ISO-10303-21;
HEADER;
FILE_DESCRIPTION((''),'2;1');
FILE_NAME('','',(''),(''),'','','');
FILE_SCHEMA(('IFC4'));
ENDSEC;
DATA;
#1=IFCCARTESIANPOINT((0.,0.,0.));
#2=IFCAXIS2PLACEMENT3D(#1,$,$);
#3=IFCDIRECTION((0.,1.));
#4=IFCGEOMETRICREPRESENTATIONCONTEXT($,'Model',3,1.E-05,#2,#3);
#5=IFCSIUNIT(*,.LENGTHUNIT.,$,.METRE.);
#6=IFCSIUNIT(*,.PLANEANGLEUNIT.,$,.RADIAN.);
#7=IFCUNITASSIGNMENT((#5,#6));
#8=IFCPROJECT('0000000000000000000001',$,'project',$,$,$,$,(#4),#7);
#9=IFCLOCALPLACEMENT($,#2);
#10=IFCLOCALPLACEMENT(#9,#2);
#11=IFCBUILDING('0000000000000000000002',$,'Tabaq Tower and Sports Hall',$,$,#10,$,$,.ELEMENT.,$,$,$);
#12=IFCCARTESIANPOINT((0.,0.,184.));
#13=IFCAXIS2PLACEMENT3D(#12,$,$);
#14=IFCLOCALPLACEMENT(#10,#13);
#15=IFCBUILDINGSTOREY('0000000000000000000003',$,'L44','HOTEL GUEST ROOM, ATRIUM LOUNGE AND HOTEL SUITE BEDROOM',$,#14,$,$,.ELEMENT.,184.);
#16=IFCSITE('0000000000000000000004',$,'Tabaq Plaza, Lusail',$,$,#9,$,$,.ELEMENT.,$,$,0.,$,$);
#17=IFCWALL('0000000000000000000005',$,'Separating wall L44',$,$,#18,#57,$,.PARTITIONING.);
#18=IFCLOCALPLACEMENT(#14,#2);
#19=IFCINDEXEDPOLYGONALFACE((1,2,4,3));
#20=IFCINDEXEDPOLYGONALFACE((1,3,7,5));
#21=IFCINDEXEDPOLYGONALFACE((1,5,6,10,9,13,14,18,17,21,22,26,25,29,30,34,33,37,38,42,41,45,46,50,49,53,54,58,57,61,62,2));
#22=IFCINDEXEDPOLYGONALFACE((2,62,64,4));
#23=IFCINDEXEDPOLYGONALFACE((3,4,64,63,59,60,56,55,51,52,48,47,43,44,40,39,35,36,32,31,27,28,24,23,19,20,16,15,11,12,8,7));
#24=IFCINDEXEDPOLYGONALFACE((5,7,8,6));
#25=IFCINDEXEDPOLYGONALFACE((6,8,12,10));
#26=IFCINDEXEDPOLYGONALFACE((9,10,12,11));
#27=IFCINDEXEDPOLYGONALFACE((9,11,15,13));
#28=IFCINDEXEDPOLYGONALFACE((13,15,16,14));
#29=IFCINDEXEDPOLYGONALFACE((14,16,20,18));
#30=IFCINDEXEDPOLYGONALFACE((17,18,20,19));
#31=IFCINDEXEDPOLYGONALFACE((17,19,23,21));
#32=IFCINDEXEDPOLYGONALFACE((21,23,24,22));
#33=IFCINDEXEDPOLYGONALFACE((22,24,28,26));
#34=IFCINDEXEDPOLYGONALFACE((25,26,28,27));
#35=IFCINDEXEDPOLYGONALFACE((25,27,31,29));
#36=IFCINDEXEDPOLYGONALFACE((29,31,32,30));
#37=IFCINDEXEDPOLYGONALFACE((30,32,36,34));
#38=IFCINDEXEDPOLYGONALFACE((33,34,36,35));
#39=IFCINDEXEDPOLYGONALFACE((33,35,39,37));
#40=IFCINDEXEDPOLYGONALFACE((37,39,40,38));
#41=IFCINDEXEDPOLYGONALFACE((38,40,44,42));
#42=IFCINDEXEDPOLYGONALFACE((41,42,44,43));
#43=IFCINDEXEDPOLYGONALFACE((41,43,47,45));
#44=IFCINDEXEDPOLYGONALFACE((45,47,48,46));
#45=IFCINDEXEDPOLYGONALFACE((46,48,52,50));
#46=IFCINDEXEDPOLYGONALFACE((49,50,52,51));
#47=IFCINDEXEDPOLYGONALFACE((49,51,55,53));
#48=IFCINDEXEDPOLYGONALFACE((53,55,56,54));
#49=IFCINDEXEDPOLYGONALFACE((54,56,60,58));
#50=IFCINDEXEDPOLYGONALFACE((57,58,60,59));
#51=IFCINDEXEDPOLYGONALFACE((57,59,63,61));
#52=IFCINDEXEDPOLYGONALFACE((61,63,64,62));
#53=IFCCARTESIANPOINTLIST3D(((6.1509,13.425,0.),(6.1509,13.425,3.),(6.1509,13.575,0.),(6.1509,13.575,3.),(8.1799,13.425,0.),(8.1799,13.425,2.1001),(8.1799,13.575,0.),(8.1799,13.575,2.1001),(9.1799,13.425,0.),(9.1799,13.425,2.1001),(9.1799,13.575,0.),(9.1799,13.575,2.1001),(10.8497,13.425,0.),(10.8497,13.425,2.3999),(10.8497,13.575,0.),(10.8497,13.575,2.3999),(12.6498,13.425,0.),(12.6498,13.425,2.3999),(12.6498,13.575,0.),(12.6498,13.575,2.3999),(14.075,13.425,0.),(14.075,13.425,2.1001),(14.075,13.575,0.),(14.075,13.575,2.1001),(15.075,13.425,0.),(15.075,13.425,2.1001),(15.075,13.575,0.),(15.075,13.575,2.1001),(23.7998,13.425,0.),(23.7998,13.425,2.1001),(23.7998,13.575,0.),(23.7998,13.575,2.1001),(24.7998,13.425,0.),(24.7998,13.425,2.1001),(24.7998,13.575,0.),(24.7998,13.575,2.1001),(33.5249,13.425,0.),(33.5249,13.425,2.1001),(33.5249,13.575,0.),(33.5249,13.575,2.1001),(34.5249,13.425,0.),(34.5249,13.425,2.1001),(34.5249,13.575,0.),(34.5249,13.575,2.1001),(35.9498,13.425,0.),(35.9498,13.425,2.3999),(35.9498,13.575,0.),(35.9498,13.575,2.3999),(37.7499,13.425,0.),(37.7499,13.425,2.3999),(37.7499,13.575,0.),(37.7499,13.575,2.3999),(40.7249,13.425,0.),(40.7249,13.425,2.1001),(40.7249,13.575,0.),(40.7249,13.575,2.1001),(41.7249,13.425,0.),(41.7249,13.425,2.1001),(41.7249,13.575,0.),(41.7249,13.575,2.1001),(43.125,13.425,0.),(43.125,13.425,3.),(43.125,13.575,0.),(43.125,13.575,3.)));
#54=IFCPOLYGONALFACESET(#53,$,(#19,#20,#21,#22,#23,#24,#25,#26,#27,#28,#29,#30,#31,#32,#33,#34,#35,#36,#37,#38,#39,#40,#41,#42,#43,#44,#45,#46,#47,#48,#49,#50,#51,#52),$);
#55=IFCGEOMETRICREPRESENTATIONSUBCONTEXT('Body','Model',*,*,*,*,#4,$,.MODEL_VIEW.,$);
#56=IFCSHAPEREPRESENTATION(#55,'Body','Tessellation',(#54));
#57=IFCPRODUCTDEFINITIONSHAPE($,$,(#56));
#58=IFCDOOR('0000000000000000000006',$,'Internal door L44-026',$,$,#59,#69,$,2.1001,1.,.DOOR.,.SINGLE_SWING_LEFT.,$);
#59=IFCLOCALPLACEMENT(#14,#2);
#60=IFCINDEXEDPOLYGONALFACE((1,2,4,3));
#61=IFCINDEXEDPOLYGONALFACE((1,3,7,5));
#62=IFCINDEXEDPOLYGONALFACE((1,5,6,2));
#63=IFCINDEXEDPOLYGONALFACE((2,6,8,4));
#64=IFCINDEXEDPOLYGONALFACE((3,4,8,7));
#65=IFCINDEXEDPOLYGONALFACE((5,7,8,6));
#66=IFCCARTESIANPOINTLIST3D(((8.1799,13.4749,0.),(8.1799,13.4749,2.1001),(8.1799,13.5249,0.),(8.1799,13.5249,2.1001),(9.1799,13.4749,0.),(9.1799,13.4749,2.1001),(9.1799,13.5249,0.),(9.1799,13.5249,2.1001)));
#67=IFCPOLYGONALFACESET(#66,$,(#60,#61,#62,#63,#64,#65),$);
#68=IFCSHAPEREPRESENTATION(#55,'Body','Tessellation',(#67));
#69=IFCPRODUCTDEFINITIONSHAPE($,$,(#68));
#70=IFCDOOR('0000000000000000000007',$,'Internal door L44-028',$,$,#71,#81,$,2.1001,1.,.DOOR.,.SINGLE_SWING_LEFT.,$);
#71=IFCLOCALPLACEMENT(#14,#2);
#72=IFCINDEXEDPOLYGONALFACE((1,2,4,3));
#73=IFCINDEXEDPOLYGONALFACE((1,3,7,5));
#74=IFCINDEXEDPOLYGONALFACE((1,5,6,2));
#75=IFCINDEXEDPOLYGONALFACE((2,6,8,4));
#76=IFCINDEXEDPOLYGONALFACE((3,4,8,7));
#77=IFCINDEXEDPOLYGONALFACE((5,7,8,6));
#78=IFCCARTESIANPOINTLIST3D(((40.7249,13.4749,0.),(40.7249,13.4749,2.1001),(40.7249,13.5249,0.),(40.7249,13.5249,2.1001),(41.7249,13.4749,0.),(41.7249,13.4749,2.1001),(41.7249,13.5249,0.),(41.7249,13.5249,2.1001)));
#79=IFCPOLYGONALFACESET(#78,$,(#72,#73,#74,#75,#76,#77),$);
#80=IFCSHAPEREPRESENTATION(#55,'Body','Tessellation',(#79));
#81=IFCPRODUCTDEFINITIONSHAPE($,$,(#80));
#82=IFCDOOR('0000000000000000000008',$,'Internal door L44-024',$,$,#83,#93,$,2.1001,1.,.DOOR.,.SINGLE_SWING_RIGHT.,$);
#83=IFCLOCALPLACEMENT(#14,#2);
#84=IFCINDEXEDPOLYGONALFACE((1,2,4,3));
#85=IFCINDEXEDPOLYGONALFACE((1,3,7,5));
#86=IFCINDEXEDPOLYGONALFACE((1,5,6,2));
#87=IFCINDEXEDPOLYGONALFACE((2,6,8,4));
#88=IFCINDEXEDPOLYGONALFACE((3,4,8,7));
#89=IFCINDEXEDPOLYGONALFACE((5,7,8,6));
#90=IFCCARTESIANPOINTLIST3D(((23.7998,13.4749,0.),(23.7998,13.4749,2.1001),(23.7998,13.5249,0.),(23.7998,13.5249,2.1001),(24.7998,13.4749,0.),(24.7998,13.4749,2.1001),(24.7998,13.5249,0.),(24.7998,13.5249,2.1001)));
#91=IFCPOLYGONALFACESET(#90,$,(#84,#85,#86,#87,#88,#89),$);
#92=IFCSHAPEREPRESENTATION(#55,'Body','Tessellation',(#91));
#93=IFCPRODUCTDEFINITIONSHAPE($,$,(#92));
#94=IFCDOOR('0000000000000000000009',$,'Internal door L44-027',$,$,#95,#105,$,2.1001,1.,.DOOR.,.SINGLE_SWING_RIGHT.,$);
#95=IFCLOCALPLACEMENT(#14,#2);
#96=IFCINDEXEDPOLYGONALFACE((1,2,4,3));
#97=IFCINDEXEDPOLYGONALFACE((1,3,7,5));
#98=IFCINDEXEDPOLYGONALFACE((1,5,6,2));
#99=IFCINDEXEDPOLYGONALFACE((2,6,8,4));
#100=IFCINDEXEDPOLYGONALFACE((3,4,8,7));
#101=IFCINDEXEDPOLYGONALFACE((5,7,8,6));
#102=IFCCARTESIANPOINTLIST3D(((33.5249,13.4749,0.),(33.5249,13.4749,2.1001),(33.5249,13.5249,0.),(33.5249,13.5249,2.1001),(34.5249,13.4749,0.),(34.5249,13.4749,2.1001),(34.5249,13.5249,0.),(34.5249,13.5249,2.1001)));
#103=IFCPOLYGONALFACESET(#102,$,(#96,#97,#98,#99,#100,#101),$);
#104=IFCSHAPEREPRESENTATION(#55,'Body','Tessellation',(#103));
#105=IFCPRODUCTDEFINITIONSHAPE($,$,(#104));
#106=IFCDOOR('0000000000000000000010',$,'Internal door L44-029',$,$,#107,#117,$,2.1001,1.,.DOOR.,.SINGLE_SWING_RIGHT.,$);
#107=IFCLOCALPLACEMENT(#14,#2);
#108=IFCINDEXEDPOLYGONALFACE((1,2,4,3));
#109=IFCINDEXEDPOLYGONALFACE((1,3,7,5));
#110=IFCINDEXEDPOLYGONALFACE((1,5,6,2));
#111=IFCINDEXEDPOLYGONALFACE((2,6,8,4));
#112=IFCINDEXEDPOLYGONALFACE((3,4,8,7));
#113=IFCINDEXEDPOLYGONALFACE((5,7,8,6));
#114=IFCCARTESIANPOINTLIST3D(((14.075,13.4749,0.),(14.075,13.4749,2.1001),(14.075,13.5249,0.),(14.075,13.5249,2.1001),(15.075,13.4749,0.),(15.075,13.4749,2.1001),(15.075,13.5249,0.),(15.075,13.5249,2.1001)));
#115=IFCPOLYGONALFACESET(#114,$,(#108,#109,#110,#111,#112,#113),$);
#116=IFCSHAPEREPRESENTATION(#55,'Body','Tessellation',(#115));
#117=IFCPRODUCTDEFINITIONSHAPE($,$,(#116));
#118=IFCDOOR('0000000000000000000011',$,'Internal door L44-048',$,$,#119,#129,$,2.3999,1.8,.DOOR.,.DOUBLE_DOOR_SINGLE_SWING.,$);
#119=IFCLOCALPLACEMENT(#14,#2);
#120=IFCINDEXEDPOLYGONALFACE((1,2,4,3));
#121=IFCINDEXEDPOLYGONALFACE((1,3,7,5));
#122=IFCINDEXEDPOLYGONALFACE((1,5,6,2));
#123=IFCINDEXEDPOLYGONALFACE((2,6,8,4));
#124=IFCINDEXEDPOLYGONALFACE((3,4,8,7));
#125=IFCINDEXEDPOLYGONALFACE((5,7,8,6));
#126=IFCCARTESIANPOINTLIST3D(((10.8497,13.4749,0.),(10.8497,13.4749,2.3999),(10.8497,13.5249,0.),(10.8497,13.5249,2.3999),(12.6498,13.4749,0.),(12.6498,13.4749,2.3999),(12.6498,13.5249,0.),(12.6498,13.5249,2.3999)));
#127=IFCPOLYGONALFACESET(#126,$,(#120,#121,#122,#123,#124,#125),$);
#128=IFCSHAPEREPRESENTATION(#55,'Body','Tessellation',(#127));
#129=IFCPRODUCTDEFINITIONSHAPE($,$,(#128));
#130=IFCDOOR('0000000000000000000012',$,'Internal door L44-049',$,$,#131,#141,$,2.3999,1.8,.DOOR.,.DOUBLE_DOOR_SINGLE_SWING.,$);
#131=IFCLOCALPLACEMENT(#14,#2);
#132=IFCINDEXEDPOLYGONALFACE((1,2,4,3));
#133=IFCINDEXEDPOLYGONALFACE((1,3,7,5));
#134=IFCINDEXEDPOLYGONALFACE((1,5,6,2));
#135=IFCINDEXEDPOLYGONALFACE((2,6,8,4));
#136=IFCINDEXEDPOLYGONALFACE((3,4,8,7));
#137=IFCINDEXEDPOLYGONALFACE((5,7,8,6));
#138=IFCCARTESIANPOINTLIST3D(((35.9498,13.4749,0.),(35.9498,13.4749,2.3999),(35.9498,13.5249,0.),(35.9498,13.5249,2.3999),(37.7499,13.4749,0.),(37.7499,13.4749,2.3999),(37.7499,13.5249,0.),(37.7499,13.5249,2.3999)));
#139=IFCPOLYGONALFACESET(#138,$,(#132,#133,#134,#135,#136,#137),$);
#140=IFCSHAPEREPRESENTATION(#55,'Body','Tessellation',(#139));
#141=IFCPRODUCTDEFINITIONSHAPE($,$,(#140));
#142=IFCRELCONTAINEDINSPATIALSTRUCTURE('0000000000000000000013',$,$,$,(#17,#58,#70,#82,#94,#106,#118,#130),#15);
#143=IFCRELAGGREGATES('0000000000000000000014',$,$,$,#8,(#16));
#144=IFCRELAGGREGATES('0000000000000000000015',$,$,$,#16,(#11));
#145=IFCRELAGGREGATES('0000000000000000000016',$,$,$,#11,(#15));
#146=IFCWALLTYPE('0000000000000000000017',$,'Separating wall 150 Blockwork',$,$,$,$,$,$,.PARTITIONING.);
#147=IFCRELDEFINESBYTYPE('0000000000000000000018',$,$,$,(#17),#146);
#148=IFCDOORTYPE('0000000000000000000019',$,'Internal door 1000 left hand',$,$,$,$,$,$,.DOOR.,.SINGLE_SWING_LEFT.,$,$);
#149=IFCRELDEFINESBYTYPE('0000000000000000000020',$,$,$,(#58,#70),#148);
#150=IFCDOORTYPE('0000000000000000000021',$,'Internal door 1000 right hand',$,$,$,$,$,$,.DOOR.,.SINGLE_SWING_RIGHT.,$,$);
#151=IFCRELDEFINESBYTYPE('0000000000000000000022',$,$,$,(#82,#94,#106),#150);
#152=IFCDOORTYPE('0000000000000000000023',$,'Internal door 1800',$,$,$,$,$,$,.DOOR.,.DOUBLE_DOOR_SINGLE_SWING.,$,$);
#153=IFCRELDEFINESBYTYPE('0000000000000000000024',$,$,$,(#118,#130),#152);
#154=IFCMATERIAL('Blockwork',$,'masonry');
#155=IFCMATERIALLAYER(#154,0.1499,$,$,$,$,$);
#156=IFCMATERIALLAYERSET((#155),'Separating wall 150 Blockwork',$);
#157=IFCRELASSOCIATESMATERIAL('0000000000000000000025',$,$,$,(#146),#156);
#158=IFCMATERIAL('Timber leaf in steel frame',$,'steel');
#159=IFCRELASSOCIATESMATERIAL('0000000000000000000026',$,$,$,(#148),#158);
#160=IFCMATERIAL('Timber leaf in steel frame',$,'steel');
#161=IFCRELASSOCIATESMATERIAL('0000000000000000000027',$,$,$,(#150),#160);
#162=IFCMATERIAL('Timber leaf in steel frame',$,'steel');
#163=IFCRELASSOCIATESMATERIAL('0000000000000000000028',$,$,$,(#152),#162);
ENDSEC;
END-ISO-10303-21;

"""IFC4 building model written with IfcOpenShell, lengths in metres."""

from ifc_helpers import new_model, si_unit, direction, frame, frame_2d, origin, place, context, subcontext, project, spatial, rectangle, extrude, material, layer, layer_set, type_object, element, fill, save


model = new_model("IFC4")

# Units and contexts
model_context = context("Model", 3, precision=1e-05, world=origin(), true_north=direction((0.0, 1.0)))
body_context = subcontext(model_context, "Body", "Model", "MODEL_VIEW")
ifc_project = project(units=[si_unit("LENGTHUNIT", "METRE"), si_unit("PLANEANGLEUNIT", "RADIAN")], contexts=[model_context])

# Site, building, storey
site_placement = place(None, origin())
site = spatial("IfcSite", under=ifc_project, at=site_placement, Name="Tabaq Plaza, Lusail", CompositionType="ELEMENT", RefElevation=0.0)
building_placement = place(site_placement, origin())
building = spatial("IfcBuilding", under=site, at=building_placement, Name="Tabaq Tower and Sports Hall", CompositionType="ELEMENT")
storey_placement = place(building_placement, frame((0.0, 0.0, 184.0)))
storey = spatial("IfcBuildingStorey", under=building, at=storey_placement, Name="L44", Description="HOTEL GUEST ROOM, ATRIUM LOUNGE AND HOTEL SUITE BEDROOM", CompositionType="ELEMENT", Elevation=184.0)

# Wall, openings, doors
ifc_material_1 = material(Name="Blockwork", Category="masonry")
ifc_layer_1 = layer(ifc_material_1, 0.1499)
ifc_layer_set_1 = layer_set([ifc_layer_1], Name="Separating wall 150 Blockwork")
wall_type_1 = type_object("IfcWallType", Name="Separating wall 150 Blockwork", PredefinedType="PARTITIONING", material=ifc_layer_set_1)
wall_1_placement = place(storey_placement, frame((6.1509, 13.5, 0.0), z_axis=(0.0, 0.0, 1.0), x_axis=(1.0, 0.0, 0.0)))
wall_1 = element("IfcWall", 1, at=wall_1_placement, inside=storey, type_object=wall_type_1, Name="Separating wall L44", PredefinedType="PARTITIONING", context=body_context, shape_type="SweptSolid", body=[
    extrude(rectangle(XDim=36.9741, YDim=0.1499, at=frame_2d((18.4871, 0.0))), origin(), (0.0, 0.0, 1.0), 3.0),
])
opening_1_placement = place(wall_1_placement, frame((17.6489, 0.0, 0.0)))
opening_1 = element("IfcOpeningElement", 2, at=opening_1_placement, cuts=wall_1, PredefinedType="OPENING", context=body_context, shape_type="SweptSolid", body=[
    extrude(rectangle(XDim=1.0, YDim=2.1001, at=frame_2d((0.5, 1.05))), frame((0.0, 0.075, 0.0), z_axis=(0.0, -1.0, 0.0), x_axis=(1.0, 0.0, 0.0)), (0.0, 0.0, 1.0), 0.1499),
])
opening_2_placement = place(wall_1_placement, frame((2.0291, 0.0, 0.0)))
opening_2 = element("IfcOpeningElement", 3, at=opening_2_placement, cuts=wall_1, PredefinedType="OPENING", context=body_context, shape_type="SweptSolid", body=[
    extrude(rectangle(XDim=1.0, YDim=2.1001, at=frame_2d((0.5, 1.05))), frame((0.0, 0.075, 0.0), z_axis=(0.0, -1.0, 0.0), x_axis=(1.0, 0.0, 0.0)), (0.0, 0.0, 1.0), 0.1499),
])
opening_3_placement = place(wall_1_placement, frame((27.374, 0.0, 0.0)))
opening_3 = element("IfcOpeningElement", 4, at=opening_3_placement, cuts=wall_1, PredefinedType="OPENING", context=body_context, shape_type="SweptSolid", body=[
    extrude(rectangle(XDim=1.0, YDim=2.1001, at=frame_2d((0.5, 1.05))), frame((0.0, 0.075, 0.0), z_axis=(0.0, -1.0, 0.0), x_axis=(1.0, 0.0, 0.0)), (0.0, 0.0, 1.0), 0.1499),
])
opening_4_placement = place(wall_1_placement, frame((34.574, 0.0, 0.0)))
opening_4 = element("IfcOpeningElement", 5, at=opening_4_placement, cuts=wall_1, PredefinedType="OPENING", context=body_context, shape_type="SweptSolid", body=[
    extrude(rectangle(XDim=1.0, YDim=2.1001, at=frame_2d((0.5, 1.05))), frame((0.0, 0.075, 0.0), z_axis=(0.0, -1.0, 0.0), x_axis=(1.0, 0.0, 0.0)), (0.0, 0.0, 1.0), 0.1499),
])
opening_5_placement = place(wall_1_placement, frame((7.9241, 0.0, 0.0)))
opening_5 = element("IfcOpeningElement", 6, at=opening_5_placement, cuts=wall_1, PredefinedType="OPENING", context=body_context, shape_type="SweptSolid", body=[
    extrude(rectangle(XDim=1.0, YDim=2.1001, at=frame_2d((0.5, 1.05))), frame((0.0, 0.075, 0.0), z_axis=(0.0, -1.0, 0.0), x_axis=(1.0, 0.0, 0.0)), (0.0, 0.0, 1.0), 0.1499),
])
opening_6_placement = place(wall_1_placement, frame((4.699, 0.0, 0.0)))
opening_6 = element("IfcOpeningElement", 7, at=opening_6_placement, cuts=wall_1, PredefinedType="OPENING", context=body_context, shape_type="SweptSolid", body=[
    extrude(rectangle(XDim=1.8, YDim=2.3999, at=frame_2d((0.8999, 1.2))), frame((0.0, 0.075, 0.0), z_axis=(0.0, -1.0, 0.0), x_axis=(1.0, 0.0, 0.0)), (0.0, 0.0, 1.0), 0.1499),
])
opening_7_placement = place(wall_1_placement, frame((29.7991, 0.0, 0.0)))
opening_7 = element("IfcOpeningElement", 8, at=opening_7_placement, cuts=wall_1, PredefinedType="OPENING", context=body_context, shape_type="SweptSolid", body=[
    extrude(rectangle(XDim=1.8, YDim=2.3999, at=frame_2d((0.8999, 1.2))), frame((0.0, 0.075, 0.0), z_axis=(0.0, -1.0, 0.0), x_axis=(1.0, 0.0, 0.0)), (0.0, 0.0, 1.0), 0.1499),
])
ifc_material_2 = material(Name="Timber leaf in steel frame", Category="steel")
door_type_1 = type_object("IfcDoorType", Name="Internal door 1000 left hand", OperationType="SINGLE_SWING_LEFT", PredefinedType="DOOR", material=ifc_material_2)
door_1_placement = place(opening_2_placement, origin())
door_1 = element("IfcDoor", 9, at=door_1_placement, inside=storey, type_object=door_type_1, Name="Internal door L44-026", OperationType="SINGLE_SWING_LEFT", OverallHeight=2.1001, OverallWidth=1.0, PredefinedType="DOOR", context=body_context, shape_type="SweptSolid", body=[
    extrude(rectangle(XDim=1.0, YDim=2.1001, at=frame_2d((0.5, 1.05))), frame((0.0, 0.0249, 0.0), z_axis=(0.0, -1.0, 0.0), x_axis=(1.0, 0.0, 0.0)), (0.0, 0.0, 1.0), 0.05),
])
fill(opening_2, door_1)
door_2_placement = place(opening_4_placement, origin())
door_2 = element("IfcDoor", 10, at=door_2_placement, inside=storey, type_object=door_type_1, Name="Internal door L44-028", OperationType="SINGLE_SWING_LEFT", OverallHeight=2.1001, OverallWidth=1.0, PredefinedType="DOOR", context=body_context, shape_type="SweptSolid", body=[
    extrude(rectangle(XDim=1.0, YDim=2.1001, at=frame_2d((0.5, 1.05))), frame((0.0, 0.0249, 0.0), z_axis=(0.0, -1.0, 0.0), x_axis=(1.0, 0.0, 0.0)), (0.0, 0.0, 1.0), 0.05),
])
fill(opening_4, door_2)
ifc_material_3 = material(Name="Timber leaf in steel frame", Category="steel")
door_type_2 = type_object("IfcDoorType", Name="Internal door 1000 right hand", OperationType="SINGLE_SWING_RIGHT", PredefinedType="DOOR", material=ifc_material_3)
door_3_placement = place(opening_1_placement, origin())
door_3 = element("IfcDoor", 11, at=door_3_placement, inside=storey, type_object=door_type_2, Name="Internal door L44-024", OperationType="SINGLE_SWING_RIGHT", OverallHeight=2.1001, OverallWidth=1.0, PredefinedType="DOOR", context=body_context, shape_type="SweptSolid", body=[
    extrude(rectangle(XDim=1.0, YDim=2.1001, at=frame_2d((0.5, 1.05))), frame((0.0, 0.0249, 0.0), z_axis=(0.0, -1.0, 0.0), x_axis=(1.0, 0.0, 0.0)), (0.0, 0.0, 1.0), 0.05),
])
fill(opening_1, door_3)
door_4_placement = place(opening_3_placement, origin())
door_4 = element("IfcDoor", 12, at=door_4_placement, inside=storey, type_object=door_type_2, Name="Internal door L44-027", OperationType="SINGLE_SWING_RIGHT", OverallHeight=2.1001, OverallWidth=1.0, PredefinedType="DOOR", context=body_context, shape_type="SweptSolid", body=[
    extrude(rectangle(XDim=1.0, YDim=2.1001, at=frame_2d((0.5, 1.05))), frame((0.0, 0.0249, 0.0), z_axis=(0.0, -1.0, 0.0), x_axis=(1.0, 0.0, 0.0)), (0.0, 0.0, 1.0), 0.05),
])
fill(opening_3, door_4)
door_5_placement = place(opening_5_placement, origin())
door_5 = element("IfcDoor", 13, at=door_5_placement, inside=storey, type_object=door_type_2, Name="Internal door L44-029", OperationType="SINGLE_SWING_RIGHT", OverallHeight=2.1001, OverallWidth=1.0, PredefinedType="DOOR", context=body_context, shape_type="SweptSolid", body=[
    extrude(rectangle(XDim=1.0, YDim=2.1001, at=frame_2d((0.5, 1.05))), frame((0.0, 0.0249, 0.0), z_axis=(0.0, -1.0, 0.0), x_axis=(1.0, 0.0, 0.0)), (0.0, 0.0, 1.0), 0.05),
])
fill(opening_5, door_5)
ifc_material_4 = material(Name="Timber leaf in steel frame", Category="steel")
door_type_3 = type_object("IfcDoorType", Name="Internal door 1800", OperationType="DOUBLE_DOOR_SINGLE_SWING", PredefinedType="DOOR", material=ifc_material_4)
door_6_placement = place(opening_6_placement, origin())
door_6 = element("IfcDoor", 14, at=door_6_placement, inside=storey, type_object=door_type_3, Name="Internal door L44-048", OperationType="DOUBLE_DOOR_SINGLE_SWING", OverallHeight=2.3999, OverallWidth=1.8, PredefinedType="DOOR", context=body_context, shape_type="SweptSolid", body=[
    extrude(rectangle(XDim=1.8, YDim=2.3999, at=frame_2d((0.8999, 1.2))), frame((0.0, 0.0249, 0.0), z_axis=(0.0, -1.0, 0.0), x_axis=(1.0, 0.0, 0.0)), (0.0, 0.0, 1.0), 0.05),
])
fill(opening_6, door_6)
door_7_placement = place(opening_7_placement, origin())
door_7 = element("IfcDoor", 15, at=door_7_placement, inside=storey, type_object=door_type_3, Name="Internal door L44-049", OperationType="DOUBLE_DOOR_SINGLE_SWING", OverallHeight=2.3999, OverallWidth=1.8, PredefinedType="DOOR", context=body_context, shape_type="SweptSolid", body=[
    extrude(rectangle(XDim=1.8, YDim=2.3999, at=frame_2d((0.8999, 1.2))), frame((0.0, 0.0249, 0.0), z_axis=(0.0, -1.0, 0.0), x_axis=(1.0, 0.0, 0.0)), (0.0, 0.0, 1.0), 0.05),
])
fill(opening_7, door_7)

save(model, "model.ifc")
